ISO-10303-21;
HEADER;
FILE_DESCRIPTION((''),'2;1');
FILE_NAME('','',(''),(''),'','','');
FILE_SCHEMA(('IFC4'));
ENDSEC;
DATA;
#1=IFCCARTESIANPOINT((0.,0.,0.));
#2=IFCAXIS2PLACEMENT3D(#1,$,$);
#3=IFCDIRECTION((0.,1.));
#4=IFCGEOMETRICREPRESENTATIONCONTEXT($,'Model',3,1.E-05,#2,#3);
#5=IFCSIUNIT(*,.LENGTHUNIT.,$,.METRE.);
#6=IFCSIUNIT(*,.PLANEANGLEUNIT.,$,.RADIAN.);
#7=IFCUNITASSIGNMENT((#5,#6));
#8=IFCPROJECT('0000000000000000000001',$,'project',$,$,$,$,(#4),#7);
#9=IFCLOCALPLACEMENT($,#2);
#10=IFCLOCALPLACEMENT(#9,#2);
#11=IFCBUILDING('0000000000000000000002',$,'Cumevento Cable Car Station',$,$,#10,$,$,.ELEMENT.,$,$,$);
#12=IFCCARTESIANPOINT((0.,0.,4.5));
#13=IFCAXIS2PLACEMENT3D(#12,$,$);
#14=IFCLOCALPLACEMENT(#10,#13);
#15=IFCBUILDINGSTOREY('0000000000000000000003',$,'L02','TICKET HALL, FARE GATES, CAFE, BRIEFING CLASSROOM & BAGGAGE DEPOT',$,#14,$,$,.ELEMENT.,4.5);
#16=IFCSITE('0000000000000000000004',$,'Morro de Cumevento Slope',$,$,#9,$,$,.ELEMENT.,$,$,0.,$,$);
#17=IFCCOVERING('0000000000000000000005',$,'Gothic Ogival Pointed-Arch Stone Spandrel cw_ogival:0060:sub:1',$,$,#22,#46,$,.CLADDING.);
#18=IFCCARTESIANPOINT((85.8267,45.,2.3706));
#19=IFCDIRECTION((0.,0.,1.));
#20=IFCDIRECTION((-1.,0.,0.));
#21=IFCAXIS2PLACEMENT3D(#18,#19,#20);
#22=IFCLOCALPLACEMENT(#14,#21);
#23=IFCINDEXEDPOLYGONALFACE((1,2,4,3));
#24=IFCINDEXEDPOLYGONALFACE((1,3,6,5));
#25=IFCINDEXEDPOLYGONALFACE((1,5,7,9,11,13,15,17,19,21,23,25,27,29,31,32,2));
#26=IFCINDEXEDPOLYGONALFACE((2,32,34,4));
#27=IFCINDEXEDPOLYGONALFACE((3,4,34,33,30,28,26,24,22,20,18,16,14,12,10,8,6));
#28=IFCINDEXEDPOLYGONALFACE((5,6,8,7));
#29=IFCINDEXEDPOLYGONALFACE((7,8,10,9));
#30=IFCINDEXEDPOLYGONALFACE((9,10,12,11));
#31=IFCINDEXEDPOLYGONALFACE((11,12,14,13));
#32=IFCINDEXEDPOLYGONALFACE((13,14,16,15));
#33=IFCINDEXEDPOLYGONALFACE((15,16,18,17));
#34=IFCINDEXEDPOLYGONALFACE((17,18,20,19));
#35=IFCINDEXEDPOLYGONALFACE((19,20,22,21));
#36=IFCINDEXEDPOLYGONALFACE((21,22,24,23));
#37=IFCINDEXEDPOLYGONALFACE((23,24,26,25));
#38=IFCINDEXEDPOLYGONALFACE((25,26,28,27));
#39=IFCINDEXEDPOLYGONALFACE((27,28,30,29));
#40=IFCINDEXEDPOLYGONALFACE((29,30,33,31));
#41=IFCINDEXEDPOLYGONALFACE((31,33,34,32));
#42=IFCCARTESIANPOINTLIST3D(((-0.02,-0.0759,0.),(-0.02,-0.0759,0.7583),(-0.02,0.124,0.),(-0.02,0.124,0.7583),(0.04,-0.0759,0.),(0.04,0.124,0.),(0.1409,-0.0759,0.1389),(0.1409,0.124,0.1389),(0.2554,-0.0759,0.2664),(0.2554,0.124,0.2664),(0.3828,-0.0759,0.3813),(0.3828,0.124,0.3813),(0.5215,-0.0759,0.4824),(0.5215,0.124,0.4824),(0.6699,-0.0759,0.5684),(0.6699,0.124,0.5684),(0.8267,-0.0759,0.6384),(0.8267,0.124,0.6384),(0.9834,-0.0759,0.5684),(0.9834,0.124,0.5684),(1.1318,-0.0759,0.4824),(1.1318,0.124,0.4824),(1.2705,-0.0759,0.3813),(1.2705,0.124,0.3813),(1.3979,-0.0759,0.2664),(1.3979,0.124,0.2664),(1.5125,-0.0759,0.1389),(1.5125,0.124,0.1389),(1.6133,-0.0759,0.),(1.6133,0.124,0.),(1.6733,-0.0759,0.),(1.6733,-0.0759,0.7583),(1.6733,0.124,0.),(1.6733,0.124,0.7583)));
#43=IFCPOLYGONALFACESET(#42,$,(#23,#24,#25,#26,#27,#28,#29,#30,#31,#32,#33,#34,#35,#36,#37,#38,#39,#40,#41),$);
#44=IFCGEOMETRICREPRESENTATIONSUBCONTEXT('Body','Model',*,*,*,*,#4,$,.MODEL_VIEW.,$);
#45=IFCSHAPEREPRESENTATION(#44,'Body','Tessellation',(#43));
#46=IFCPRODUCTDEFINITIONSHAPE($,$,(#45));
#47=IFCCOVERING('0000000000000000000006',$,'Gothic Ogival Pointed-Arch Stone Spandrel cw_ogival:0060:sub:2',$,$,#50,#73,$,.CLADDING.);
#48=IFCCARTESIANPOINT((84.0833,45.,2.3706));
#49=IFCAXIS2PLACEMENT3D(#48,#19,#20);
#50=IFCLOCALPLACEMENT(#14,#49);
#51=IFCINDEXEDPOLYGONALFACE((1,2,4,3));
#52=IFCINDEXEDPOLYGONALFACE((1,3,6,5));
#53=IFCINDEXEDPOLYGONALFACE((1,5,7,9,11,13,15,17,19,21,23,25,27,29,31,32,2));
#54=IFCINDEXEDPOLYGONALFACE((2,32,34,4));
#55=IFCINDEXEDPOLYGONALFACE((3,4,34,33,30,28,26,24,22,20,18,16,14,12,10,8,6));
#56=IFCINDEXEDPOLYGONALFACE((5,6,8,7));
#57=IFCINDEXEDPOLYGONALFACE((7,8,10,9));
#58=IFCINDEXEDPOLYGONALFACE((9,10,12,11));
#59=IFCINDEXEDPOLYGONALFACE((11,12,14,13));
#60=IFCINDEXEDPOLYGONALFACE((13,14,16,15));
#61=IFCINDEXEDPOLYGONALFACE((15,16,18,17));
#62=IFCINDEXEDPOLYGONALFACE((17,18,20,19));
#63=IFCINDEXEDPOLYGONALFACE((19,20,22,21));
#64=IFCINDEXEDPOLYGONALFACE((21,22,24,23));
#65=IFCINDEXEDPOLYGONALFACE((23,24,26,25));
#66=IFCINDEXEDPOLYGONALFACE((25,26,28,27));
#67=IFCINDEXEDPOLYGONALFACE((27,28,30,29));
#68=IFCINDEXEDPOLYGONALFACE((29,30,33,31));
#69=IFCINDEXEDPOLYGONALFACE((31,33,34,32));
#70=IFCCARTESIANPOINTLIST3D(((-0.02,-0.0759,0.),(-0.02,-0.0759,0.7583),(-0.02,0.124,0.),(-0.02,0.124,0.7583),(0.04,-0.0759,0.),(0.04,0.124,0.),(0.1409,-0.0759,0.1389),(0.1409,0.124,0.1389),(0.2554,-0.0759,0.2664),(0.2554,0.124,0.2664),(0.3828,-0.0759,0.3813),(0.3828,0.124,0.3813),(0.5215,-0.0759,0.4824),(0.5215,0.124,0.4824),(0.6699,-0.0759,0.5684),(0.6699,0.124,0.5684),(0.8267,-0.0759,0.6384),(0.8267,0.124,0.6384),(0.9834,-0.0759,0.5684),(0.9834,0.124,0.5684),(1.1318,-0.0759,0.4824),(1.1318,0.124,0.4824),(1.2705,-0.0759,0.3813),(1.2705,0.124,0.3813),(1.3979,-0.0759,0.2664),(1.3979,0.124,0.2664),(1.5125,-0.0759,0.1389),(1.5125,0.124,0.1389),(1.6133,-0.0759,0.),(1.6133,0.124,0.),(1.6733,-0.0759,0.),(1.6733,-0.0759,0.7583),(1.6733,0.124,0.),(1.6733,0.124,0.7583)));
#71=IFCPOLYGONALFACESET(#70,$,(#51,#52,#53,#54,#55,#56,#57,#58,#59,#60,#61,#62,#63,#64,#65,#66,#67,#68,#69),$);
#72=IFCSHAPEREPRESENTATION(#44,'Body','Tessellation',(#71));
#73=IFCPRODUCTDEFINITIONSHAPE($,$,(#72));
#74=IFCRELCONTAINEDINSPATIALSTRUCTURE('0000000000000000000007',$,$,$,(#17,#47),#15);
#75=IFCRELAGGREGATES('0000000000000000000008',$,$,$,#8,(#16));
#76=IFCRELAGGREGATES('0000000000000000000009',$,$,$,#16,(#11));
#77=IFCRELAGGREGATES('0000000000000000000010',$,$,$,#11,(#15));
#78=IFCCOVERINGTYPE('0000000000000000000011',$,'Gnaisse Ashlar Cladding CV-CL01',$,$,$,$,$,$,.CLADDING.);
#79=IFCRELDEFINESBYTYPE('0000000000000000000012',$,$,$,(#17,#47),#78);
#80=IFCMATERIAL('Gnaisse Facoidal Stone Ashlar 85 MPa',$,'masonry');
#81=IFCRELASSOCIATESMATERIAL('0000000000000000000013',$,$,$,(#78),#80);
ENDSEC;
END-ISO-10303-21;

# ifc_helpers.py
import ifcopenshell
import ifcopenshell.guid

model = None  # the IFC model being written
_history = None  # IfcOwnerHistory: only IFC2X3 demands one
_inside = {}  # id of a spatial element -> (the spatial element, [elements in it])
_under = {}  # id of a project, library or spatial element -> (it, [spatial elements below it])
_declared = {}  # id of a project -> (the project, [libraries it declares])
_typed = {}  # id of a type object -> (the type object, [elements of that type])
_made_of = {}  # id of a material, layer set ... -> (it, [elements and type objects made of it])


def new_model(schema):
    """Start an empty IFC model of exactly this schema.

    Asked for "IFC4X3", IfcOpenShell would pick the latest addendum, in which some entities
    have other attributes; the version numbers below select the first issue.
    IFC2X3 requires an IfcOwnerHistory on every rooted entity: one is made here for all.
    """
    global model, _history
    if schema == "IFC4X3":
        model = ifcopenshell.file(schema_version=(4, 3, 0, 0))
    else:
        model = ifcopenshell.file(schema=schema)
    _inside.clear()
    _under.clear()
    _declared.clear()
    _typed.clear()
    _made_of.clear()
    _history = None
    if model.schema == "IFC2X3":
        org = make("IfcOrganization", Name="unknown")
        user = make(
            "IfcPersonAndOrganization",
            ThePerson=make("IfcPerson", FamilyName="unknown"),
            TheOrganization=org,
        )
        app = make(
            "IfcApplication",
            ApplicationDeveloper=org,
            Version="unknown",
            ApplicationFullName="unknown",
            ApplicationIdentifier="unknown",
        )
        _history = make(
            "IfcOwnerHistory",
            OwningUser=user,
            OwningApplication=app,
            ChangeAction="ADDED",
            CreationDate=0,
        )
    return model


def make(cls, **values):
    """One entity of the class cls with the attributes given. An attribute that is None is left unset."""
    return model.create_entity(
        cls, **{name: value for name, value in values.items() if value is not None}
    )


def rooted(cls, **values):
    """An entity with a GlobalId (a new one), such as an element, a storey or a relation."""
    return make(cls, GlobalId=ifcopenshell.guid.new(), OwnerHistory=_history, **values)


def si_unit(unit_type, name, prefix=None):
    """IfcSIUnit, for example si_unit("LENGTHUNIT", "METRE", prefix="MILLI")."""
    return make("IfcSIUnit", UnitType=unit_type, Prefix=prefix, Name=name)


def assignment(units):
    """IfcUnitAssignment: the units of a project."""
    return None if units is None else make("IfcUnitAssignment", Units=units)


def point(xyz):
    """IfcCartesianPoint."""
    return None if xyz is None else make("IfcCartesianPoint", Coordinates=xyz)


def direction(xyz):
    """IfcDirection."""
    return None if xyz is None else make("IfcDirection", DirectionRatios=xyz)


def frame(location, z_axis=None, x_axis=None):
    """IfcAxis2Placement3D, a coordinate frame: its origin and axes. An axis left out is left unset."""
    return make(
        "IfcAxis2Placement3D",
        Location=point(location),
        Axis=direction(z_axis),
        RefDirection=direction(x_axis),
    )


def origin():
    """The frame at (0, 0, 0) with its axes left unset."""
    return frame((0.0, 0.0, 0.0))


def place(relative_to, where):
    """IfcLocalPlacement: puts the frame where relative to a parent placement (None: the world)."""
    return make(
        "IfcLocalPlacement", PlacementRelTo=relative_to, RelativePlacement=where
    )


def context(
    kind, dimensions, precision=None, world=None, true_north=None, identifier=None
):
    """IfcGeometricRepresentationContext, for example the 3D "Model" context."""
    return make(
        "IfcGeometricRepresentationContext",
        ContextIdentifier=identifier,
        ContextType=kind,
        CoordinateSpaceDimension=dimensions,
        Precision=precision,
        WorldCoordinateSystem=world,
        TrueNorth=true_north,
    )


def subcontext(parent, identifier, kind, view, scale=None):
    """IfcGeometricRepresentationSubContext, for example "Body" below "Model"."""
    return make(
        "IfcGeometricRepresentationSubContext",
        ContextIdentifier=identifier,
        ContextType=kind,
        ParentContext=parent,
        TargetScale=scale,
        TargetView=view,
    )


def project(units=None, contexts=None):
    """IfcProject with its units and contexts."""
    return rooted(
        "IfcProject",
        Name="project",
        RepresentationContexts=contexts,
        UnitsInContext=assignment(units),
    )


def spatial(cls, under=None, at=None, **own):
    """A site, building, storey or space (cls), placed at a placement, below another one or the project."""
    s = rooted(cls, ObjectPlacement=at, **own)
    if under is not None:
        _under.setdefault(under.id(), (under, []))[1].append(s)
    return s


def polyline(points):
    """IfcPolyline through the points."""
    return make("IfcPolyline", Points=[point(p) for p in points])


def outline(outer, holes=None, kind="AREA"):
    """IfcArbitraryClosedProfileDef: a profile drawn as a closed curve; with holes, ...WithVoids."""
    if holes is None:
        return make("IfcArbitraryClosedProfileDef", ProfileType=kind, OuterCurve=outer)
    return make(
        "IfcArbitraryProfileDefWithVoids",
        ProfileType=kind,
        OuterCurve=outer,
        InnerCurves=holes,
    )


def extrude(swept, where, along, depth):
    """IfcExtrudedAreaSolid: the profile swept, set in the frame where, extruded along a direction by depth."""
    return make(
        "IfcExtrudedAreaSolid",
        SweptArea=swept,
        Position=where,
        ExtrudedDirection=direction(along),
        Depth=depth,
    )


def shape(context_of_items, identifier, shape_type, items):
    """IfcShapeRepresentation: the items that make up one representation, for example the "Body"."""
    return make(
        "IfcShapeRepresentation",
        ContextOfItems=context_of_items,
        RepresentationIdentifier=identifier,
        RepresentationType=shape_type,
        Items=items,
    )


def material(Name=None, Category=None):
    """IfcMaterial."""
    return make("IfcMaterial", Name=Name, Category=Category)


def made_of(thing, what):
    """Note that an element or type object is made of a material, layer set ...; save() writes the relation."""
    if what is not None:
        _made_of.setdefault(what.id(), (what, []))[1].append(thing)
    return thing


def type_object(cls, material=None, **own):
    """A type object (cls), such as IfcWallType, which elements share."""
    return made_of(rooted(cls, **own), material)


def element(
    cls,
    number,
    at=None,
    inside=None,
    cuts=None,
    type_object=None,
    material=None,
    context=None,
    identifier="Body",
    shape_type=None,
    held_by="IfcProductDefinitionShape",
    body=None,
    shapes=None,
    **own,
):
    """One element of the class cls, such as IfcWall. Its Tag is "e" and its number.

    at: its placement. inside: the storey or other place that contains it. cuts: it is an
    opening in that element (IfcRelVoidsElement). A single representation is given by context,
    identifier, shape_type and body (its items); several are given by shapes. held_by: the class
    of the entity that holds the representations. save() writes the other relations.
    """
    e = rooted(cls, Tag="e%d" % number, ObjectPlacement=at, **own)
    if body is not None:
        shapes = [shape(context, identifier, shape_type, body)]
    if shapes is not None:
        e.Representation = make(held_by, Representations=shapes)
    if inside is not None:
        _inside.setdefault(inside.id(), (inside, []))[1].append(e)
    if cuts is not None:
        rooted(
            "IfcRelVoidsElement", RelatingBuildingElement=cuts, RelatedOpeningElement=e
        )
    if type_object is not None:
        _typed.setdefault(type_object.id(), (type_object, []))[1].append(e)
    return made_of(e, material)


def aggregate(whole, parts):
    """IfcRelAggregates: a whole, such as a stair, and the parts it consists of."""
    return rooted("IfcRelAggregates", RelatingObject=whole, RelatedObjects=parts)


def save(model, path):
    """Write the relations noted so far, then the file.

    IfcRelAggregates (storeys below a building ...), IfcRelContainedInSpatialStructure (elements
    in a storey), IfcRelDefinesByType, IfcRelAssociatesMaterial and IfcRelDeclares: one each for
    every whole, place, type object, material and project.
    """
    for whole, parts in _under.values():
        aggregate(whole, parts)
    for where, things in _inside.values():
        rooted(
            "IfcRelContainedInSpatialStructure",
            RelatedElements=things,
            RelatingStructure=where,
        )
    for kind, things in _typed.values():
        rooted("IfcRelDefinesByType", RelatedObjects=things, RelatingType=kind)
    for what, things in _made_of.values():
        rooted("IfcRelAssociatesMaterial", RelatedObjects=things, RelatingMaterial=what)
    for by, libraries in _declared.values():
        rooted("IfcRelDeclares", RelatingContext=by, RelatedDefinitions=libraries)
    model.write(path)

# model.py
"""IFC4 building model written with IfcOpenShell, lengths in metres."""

from ifc_helpers import new_model, si_unit, direction, frame, origin, place, context, subcontext, project, spatial, polyline, outline, extrude, material, type_object, element, save


model = new_model("IFC4")

# Units and contexts
model_context = context("Model", 3, precision=1e-05, world=origin(), true_north=direction((0.0, 1.0)))
body_context = subcontext(model_context, "Body", "Model", "MODEL_VIEW")
ifc_project = project(units=[si_unit("LENGTHUNIT", "METRE"), si_unit("PLANEANGLEUNIT", "RADIAN")], contexts=[model_context])

# Site, building, storey
site_placement = place(None, origin())
site = spatial("IfcSite", under=ifc_project, at=site_placement, Name="Morro de Cumevento Slope", CompositionType="ELEMENT", RefElevation=0.0)
building_placement = place(site_placement, origin())
building = spatial("IfcBuilding", under=site, at=building_placement, Name="Cumevento Cable Car Station", CompositionType="ELEMENT")
storey_placement = place(building_placement, frame((0.0, 0.0, 4.5)))
storey = spatial("IfcBuildingStorey", under=building, at=storey_placement, Name="L02", Description="TICKET HALL, FARE GATES, CAFE, BRIEFING CLASSROOM & BAGGAGE DEPOT", CompositionType="ELEMENT", Elevation=4.5)

# Coverings
ifc_material_1 = material(Name="Gnaisse Facoidal Stone Ashlar 85 MPa", Category="masonry")
covering_type = type_object("IfcCoveringType", Name="Gnaisse Ashlar Cladding CV-CL01", PredefinedType="CLADDING", material=ifc_material_1)
for number, where, z_axis, x_axis, name in (
    (1, (85.8267, 45.0, 2.3706), (0.0, 0.0, 1.0), (-1.0, 0.0, 0.0), "Gothic Ogival Pointed-Arch Stone Spandrel cw_ogival:0060:sub:1"),
    (2, (84.0833, 45.0, 2.3706), (0.0, 0.0, 1.0), (-1.0, 0.0, 0.0), "Gothic Ogival Pointed-Arch Stone Spandrel cw_ogival:0060:sub:2"),
):
    element("IfcCovering", number, at=place(storey_placement, frame(where, z_axis=z_axis, x_axis=x_axis)), inside=storey, type_object=covering_type, Name=name, PredefinedType="CLADDING", context=body_context, shape_type="SweptSolid", body=[
        extrude(outline(polyline([(-0.02, 0.0), (-0.02, 0.7583), (1.6733, 0.7583), (1.6733, 0.0), (1.6133, 0.0), (1.5125, 0.1389), (1.3979, 0.2664), (1.2705, 0.3813), (1.1318, 0.4824), (0.9834, 0.5684), (0.8267, 0.6384), (0.6699, 0.5684), (0.5215, 0.4824), (0.3828, 0.3813), (0.2554, 0.2664), (0.1409, 0.1389), (0.04, 0.0), (-0.02, 0.0)])), frame((0.0, 0.124, 0.0), z_axis=(0.0, -1.0, 0.0), x_axis=(1.0, 0.0, 0.0)), (0.0, 0.0, 1.0), 0.2),
    ])

save(model, "model.ifc")
